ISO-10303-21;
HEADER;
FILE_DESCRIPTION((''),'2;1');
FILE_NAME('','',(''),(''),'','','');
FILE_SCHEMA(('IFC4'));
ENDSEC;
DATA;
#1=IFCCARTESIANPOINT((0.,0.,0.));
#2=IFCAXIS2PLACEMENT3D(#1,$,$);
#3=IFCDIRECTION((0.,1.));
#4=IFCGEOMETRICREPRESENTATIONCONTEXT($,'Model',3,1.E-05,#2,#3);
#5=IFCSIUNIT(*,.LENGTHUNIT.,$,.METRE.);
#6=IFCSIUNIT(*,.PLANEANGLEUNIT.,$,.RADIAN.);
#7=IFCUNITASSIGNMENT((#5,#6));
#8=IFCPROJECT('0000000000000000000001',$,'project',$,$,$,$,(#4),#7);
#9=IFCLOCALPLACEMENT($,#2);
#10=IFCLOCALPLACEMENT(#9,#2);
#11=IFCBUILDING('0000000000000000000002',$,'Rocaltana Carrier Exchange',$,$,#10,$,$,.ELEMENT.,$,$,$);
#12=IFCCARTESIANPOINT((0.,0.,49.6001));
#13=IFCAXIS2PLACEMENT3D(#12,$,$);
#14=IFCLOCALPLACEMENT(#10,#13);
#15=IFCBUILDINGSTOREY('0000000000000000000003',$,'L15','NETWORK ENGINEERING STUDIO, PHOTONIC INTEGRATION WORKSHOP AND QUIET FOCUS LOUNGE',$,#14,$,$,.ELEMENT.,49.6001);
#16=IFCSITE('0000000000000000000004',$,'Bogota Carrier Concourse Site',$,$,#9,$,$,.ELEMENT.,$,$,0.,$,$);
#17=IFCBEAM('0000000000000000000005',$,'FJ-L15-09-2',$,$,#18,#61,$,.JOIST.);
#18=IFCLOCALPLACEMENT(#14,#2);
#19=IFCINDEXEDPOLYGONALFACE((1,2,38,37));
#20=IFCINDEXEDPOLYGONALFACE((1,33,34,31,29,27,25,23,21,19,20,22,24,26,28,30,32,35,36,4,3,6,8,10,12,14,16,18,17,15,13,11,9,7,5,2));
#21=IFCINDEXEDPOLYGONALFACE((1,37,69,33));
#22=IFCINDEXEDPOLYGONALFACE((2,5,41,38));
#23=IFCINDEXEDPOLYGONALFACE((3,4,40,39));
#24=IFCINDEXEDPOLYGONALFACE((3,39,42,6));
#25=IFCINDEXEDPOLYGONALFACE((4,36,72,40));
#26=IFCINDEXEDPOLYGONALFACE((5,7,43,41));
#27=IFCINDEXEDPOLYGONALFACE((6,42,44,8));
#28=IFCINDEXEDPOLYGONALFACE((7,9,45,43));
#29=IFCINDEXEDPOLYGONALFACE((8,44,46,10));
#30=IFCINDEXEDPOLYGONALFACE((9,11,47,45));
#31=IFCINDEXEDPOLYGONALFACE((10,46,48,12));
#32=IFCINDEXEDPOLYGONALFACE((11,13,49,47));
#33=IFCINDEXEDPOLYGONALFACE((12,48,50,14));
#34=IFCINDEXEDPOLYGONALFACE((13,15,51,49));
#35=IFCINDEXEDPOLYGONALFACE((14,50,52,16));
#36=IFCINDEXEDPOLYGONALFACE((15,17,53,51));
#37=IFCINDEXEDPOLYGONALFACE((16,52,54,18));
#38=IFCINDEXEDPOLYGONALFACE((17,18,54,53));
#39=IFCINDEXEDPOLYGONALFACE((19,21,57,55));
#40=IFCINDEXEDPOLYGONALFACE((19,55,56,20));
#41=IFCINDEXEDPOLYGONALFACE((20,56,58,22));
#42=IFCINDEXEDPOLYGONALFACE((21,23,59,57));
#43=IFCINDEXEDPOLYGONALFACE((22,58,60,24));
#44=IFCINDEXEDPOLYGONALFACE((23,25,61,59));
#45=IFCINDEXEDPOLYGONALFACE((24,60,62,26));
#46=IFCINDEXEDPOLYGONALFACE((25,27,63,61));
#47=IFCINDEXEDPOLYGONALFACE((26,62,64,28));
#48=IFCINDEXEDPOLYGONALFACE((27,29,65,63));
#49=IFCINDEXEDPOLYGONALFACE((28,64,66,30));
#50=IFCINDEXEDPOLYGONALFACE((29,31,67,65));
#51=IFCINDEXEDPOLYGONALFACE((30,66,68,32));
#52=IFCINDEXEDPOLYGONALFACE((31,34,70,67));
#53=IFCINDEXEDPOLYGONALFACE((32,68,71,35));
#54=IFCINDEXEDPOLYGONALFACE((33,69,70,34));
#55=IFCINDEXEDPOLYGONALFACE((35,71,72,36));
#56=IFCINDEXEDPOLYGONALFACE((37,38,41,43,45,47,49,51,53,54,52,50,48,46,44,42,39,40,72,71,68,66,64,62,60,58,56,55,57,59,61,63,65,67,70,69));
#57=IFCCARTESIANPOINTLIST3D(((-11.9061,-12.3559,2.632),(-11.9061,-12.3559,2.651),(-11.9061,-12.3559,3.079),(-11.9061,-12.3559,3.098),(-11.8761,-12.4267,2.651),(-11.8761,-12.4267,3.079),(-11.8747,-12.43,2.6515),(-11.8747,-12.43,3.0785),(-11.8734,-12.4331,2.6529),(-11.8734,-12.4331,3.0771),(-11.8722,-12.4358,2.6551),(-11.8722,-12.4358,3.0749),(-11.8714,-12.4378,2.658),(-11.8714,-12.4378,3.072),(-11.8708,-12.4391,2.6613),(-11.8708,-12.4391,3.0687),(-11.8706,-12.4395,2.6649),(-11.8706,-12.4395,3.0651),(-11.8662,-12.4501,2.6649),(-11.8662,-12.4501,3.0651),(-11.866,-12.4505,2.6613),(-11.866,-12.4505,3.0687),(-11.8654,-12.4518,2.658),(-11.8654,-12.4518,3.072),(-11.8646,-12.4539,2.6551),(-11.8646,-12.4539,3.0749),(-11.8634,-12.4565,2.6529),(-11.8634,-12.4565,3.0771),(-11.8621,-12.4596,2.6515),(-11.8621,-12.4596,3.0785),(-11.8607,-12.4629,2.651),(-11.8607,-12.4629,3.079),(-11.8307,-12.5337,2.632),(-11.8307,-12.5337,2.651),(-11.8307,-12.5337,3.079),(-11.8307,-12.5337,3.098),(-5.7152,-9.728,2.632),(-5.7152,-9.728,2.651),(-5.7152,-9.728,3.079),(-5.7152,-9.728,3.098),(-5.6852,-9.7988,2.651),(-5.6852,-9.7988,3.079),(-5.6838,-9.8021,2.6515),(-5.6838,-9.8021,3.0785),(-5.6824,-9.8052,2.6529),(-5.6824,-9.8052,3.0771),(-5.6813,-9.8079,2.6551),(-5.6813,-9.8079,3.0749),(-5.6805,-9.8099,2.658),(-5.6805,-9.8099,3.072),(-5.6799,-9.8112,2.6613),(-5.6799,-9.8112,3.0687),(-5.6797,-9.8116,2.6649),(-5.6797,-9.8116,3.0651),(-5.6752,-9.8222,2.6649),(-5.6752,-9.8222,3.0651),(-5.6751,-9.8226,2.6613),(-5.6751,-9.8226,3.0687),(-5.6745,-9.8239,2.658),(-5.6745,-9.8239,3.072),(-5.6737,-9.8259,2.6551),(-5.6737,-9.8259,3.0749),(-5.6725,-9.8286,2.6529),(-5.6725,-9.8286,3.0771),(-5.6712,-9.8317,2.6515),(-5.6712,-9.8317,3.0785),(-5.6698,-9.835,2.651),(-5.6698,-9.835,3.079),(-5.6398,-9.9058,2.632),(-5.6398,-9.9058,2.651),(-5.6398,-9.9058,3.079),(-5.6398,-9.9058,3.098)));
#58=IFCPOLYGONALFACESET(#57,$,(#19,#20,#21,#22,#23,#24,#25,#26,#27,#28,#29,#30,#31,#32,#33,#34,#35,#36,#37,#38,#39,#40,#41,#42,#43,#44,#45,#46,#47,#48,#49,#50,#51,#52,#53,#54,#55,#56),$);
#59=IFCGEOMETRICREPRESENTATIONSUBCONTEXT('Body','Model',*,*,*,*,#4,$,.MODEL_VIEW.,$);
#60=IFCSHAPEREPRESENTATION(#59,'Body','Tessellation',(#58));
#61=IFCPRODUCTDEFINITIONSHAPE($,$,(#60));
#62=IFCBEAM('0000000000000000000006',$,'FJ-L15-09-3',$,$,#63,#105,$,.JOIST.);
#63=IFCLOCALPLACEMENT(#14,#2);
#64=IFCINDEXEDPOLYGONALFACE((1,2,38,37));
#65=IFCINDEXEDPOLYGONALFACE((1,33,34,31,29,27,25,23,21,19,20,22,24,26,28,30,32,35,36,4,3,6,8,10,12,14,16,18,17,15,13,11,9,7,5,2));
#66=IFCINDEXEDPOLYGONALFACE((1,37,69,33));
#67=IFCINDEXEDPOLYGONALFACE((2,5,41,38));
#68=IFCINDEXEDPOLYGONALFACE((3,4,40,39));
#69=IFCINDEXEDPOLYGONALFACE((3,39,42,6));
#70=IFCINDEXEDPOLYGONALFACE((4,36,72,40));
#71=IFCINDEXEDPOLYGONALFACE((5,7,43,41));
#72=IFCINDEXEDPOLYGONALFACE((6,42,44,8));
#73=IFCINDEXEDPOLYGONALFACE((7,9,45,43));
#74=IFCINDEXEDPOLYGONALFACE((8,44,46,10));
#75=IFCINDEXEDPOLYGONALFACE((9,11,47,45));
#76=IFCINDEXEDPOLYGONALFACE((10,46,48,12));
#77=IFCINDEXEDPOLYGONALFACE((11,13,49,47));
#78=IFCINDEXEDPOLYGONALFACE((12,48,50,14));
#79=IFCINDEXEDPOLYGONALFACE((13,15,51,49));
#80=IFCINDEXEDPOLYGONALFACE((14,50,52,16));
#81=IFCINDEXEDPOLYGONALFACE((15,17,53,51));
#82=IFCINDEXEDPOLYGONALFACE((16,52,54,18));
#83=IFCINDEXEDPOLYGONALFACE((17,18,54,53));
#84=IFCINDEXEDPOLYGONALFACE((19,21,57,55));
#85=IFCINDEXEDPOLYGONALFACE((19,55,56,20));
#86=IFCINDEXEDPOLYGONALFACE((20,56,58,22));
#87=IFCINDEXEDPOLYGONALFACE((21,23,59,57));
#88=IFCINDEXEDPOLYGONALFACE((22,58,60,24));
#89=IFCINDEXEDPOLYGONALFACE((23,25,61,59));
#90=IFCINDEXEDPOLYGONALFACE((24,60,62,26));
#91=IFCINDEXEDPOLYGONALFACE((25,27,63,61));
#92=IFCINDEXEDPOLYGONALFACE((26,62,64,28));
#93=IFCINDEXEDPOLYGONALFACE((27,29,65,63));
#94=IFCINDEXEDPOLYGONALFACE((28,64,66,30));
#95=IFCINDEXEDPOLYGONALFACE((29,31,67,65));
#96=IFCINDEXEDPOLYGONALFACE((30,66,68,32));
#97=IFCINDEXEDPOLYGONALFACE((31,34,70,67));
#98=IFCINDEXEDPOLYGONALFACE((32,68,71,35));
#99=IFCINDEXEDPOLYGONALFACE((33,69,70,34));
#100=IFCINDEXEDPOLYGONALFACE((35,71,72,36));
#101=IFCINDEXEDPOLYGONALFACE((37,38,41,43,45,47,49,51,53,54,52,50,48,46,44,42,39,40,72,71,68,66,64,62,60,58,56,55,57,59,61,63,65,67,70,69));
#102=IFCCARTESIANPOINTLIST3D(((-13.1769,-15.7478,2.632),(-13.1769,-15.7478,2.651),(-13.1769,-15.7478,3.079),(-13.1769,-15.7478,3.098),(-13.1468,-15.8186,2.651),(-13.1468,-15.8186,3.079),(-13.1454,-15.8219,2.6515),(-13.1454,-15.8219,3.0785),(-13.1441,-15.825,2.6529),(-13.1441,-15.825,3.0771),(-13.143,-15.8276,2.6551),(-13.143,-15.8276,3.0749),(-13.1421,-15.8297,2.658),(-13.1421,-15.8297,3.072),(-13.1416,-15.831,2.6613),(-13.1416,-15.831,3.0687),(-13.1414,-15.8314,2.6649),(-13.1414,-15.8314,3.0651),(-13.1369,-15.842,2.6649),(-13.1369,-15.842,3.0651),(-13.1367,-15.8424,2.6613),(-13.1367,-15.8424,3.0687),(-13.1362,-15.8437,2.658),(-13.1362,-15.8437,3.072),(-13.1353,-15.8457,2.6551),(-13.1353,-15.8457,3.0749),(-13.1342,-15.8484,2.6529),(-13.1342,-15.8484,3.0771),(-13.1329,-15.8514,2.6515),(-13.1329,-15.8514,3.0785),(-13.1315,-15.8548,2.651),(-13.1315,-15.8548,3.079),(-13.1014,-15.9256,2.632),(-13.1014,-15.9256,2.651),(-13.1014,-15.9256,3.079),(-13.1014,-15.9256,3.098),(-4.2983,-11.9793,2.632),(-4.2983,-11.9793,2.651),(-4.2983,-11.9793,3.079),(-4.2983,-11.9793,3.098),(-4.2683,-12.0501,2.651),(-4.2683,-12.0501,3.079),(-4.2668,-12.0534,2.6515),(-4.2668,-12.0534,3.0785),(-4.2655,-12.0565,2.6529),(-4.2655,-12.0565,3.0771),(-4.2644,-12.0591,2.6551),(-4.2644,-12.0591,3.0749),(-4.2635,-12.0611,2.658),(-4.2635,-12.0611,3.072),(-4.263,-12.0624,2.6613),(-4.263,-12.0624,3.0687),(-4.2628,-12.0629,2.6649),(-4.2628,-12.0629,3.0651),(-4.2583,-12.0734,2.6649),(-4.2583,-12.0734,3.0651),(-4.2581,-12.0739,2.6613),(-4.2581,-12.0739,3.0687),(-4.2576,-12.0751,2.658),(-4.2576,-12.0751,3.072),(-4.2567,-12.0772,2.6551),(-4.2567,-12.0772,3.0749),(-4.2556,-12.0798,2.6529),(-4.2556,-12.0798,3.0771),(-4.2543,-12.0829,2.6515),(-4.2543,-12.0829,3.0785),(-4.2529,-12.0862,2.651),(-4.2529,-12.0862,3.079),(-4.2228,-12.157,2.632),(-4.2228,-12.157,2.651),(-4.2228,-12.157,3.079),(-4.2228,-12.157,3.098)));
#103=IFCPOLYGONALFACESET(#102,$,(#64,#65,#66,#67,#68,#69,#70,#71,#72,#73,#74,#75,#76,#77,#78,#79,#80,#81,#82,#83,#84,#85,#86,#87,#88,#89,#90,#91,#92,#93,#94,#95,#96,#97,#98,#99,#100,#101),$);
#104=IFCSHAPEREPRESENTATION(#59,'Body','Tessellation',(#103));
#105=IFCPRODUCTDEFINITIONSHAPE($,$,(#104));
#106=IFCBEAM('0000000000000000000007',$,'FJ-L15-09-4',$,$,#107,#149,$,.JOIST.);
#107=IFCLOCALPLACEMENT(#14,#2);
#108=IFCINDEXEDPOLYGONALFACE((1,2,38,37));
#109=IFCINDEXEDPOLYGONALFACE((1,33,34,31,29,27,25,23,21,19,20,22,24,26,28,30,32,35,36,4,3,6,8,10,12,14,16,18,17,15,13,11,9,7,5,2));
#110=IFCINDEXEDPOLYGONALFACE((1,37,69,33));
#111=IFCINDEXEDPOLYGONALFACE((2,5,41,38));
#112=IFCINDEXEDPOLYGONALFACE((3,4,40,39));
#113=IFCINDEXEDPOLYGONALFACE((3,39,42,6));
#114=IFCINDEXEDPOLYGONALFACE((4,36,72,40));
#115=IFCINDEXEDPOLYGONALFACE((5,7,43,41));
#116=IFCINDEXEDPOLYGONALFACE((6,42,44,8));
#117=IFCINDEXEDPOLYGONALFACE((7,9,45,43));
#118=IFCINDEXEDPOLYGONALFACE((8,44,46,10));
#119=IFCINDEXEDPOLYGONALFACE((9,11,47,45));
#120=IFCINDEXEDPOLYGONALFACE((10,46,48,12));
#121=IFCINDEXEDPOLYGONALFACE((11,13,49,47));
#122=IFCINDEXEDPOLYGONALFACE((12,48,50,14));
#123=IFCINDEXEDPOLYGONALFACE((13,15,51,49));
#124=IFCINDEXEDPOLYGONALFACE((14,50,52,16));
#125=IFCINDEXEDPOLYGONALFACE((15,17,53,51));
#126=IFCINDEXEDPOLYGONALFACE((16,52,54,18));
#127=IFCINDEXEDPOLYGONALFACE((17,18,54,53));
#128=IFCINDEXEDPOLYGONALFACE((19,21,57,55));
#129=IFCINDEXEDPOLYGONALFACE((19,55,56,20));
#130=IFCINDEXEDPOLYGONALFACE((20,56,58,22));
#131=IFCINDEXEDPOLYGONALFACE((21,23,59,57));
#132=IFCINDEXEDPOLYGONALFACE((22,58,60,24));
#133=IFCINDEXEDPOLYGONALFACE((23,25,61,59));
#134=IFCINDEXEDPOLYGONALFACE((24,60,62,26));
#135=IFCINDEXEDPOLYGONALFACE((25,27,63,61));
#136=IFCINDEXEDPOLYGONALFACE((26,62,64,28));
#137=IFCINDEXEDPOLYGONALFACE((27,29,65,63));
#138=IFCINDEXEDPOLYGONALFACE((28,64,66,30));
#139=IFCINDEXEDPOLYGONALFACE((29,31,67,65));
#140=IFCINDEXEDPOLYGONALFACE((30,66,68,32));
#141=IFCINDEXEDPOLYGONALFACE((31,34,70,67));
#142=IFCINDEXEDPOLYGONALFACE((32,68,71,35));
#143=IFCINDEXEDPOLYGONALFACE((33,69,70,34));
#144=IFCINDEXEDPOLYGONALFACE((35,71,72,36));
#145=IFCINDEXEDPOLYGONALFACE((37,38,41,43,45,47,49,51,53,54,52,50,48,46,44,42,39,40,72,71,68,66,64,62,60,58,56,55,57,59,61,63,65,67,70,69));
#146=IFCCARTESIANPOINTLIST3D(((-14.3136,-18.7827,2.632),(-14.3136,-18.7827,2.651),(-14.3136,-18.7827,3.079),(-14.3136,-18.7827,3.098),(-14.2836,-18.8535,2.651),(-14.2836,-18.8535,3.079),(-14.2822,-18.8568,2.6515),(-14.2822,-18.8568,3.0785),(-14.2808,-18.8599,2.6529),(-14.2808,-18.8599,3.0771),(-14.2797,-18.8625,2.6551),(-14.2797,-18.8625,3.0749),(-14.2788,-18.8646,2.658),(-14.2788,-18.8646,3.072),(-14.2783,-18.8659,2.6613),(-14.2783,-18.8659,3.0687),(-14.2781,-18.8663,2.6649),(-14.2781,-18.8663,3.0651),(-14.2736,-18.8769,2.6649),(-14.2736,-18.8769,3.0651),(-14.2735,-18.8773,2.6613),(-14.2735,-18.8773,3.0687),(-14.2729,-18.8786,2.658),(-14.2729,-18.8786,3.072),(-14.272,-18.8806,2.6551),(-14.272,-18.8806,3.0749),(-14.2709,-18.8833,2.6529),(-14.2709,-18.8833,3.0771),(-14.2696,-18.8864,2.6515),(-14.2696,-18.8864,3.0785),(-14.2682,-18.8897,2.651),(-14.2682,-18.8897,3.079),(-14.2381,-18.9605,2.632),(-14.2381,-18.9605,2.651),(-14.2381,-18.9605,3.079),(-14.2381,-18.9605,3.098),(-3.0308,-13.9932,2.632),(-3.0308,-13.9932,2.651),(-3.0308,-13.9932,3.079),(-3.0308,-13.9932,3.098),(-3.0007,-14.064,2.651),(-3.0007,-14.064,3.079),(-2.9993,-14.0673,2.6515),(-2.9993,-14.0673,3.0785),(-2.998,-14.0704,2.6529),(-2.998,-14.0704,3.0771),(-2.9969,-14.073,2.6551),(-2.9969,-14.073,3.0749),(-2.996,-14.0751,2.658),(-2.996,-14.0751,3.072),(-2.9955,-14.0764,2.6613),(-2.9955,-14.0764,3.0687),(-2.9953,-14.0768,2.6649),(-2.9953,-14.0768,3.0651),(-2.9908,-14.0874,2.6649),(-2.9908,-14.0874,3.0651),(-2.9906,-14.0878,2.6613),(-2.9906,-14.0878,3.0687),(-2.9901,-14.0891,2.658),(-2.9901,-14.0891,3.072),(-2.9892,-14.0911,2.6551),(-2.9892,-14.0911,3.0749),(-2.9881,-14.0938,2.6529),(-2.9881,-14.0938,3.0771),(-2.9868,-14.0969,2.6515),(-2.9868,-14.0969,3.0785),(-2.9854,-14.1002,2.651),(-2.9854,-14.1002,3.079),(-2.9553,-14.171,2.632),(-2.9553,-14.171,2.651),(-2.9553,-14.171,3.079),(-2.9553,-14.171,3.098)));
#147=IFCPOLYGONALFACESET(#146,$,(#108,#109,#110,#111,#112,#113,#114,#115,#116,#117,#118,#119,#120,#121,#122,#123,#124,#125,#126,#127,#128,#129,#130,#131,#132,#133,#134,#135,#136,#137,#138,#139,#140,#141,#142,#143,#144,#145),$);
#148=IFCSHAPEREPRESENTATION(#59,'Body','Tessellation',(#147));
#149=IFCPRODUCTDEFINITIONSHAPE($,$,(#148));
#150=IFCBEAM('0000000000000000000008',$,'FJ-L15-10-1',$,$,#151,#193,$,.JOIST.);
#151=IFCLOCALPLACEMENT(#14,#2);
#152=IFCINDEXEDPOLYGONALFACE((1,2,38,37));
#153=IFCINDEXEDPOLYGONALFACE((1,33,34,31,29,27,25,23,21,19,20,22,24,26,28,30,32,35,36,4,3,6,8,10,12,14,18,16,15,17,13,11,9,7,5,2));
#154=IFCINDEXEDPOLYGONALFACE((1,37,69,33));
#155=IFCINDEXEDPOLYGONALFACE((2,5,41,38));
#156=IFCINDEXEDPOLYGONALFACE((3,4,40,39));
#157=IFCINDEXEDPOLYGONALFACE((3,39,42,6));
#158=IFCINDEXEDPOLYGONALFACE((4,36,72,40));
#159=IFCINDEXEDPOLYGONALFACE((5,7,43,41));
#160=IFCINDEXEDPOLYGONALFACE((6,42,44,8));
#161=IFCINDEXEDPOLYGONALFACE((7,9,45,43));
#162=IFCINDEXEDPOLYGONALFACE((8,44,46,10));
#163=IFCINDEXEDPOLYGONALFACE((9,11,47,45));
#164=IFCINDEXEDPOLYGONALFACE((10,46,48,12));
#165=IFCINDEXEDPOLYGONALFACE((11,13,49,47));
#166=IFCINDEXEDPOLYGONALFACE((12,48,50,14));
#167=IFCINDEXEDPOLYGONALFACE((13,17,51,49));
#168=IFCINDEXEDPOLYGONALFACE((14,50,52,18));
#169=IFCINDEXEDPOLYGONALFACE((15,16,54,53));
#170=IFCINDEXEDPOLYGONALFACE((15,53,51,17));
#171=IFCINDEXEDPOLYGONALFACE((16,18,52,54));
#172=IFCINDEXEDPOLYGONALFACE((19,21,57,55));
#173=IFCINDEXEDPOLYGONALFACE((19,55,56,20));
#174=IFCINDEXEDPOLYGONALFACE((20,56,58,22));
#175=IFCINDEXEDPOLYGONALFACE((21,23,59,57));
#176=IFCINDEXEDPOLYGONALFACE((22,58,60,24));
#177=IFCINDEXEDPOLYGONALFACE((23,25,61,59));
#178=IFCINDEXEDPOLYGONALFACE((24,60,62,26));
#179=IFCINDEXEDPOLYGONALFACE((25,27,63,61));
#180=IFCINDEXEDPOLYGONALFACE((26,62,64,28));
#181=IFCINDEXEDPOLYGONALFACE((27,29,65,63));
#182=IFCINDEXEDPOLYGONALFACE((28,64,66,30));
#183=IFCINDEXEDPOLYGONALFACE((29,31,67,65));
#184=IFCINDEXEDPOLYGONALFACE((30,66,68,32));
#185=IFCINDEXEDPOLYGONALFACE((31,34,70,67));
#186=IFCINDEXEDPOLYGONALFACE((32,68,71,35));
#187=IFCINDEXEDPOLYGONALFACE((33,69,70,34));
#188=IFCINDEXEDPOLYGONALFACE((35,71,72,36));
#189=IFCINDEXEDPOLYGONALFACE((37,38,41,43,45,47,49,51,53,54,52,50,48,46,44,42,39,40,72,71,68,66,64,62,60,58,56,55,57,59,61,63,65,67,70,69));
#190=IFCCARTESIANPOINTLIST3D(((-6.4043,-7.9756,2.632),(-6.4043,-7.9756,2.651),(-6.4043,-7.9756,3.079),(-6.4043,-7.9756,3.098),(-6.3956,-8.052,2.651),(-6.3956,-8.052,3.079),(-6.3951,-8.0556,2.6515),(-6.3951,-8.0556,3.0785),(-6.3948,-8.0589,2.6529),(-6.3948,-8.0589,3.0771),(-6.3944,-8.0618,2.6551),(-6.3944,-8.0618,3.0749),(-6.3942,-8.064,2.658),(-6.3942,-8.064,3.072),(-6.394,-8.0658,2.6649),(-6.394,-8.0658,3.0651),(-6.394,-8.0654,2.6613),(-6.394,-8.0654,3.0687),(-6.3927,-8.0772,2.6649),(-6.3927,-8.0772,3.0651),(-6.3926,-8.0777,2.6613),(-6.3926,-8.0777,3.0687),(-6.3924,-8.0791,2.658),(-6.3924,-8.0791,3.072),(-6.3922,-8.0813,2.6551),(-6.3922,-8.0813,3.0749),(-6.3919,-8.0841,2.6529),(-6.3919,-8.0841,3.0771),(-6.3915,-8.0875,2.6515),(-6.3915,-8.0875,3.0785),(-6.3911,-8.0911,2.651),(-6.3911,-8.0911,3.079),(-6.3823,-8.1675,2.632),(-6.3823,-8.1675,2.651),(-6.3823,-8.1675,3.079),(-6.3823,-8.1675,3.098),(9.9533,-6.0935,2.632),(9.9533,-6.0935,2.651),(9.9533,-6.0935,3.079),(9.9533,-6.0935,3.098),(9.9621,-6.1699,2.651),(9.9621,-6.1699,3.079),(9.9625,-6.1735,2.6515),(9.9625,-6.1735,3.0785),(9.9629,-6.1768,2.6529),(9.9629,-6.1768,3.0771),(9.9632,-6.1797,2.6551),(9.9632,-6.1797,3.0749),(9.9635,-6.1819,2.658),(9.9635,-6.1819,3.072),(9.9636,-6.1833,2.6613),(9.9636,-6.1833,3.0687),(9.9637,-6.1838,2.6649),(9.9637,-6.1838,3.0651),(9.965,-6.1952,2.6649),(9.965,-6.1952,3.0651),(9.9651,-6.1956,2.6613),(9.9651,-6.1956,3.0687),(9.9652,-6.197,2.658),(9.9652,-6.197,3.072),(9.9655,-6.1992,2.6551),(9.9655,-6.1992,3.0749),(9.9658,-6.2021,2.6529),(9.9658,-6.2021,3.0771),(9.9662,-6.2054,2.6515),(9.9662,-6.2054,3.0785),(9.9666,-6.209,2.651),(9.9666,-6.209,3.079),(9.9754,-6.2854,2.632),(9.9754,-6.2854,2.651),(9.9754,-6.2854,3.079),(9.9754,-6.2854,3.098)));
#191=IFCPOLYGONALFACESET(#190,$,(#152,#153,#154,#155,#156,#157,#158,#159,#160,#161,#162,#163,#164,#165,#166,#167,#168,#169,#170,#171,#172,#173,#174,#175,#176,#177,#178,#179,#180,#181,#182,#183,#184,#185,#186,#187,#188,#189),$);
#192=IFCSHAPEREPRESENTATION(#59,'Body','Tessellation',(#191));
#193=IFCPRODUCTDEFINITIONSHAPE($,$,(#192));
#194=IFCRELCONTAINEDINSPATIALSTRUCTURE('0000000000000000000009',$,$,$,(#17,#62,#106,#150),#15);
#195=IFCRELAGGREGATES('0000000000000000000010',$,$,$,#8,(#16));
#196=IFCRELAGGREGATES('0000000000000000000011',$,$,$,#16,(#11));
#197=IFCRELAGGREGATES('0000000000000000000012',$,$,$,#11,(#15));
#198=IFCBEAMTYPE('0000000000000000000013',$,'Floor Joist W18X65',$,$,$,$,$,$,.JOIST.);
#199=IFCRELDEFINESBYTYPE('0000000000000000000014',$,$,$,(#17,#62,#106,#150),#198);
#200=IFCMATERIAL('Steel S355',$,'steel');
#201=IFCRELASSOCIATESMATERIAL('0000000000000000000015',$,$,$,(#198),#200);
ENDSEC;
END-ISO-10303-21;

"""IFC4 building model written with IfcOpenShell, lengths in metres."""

from ifc_helpers import new_model, si_unit, direction, frame, origin, origin_2d, place, context, subcontext, project, spatial, i_section, extrude, material, material_profile, profile_set, type_object, element, save


model = new_model("IFC4")

# Units and contexts
model_context = context("Model", 3, precision=1e-05, world=origin(), true_north=direction((0.0, 1.0)))
body_context = subcontext(model_context, "Body", "Model", "MODEL_VIEW")
ifc_project = project(units=[si_unit("LENGTHUNIT", "METRE"), si_unit("PLANEANGLEUNIT", "RADIAN")], contexts=[model_context])

# Site, building, storey
site_placement = place(None, origin())
site = spatial("IfcSite", under=ifc_project, at=site_placement, Name="Bogota Carrier Concourse Site", CompositionType="ELEMENT", RefElevation=0.0)
building_placement = place(site_placement, origin())
building = spatial("IfcBuilding", under=site, at=building_placement, Name="Rocaltana Carrier Exchange", CompositionType="ELEMENT")
storey_placement = place(building_placement, frame((0.0, 0.0, 49.6001)))
storey = spatial("IfcBuildingStorey", under=building, at=storey_placement, Name="L15", Description="NETWORK ENGINEERING STUDIO, PHOTONIC INTEGRATION WORKSHOP AND QUIET FOCUS LOUNGE", CompositionType="ELEMENT", Elevation=49.6001)

# Beams
ifc_material_1 = material(Name="Steel S355", Category="steel")
ifc_material_profile_1 = material_profile(ifc_material_1, i_section(OverallWidth=0.1931, OverallDepth=0.4661, WebThickness=0.0115, FlangeThickness=0.019, FilletRadius=0.0139, at=origin_2d()), Name="W18X65")
ifc_profile_set_1 = profile_set([ifc_material_profile_1], Name="Steel S355")
beam_type = type_object("IfcBeamType", Name="Floor Joist W18X65", PredefinedType="JOIST", material=ifc_profile_set_1)
beam_1_placement = place(storey_placement, frame((-11.8684, -12.4448, 2.865), z_axis=(0.920503, 0.390736, 0.0), x_axis=(-0.390736, 0.920503, 0.0)))
element("IfcBeam", 1, at=beam_1_placement, inside=storey, type_object=beam_type, Name="FJ-L15-09-2", PredefinedType="JOIST", context=body_context, shape_type="SweptSolid", body=[
    extrude(i_section(OverallWidth=0.1931, OverallDepth=0.4661, WebThickness=0.0115, FlangeThickness=0.019, FilletRadius=0.0139, at=origin_2d()), origin(), (0.0, 0.0, 1.0), 6.7256),
])
beam_2_placement = place(storey_placement, frame((-13.1392, -15.8367, 2.865), z_axis=(0.920513, 0.390712, 0.0), x_axis=(-0.390712, 0.920513, 0.0)))
element("IfcBeam", 2, at=beam_2_placement, inside=storey, type_object=beam_type, Name="FJ-L15-09-3", PredefinedType="JOIST", context=body_context, shape_type="SweptSolid", body=[
    extrude(i_section(OverallWidth=0.1931, OverallDepth=0.4661, WebThickness=0.0115, FlangeThickness=0.019, FilletRadius=0.0139, at=origin_2d()), origin(), (0.0, 0.0, 1.0), 9.6453),
])
beam_3_placement = place(storey_placement, frame((-14.2759, -18.8716, 2.865), z_axis=(0.920498, 0.390746, 0.0), x_axis=(-0.390746, 0.920498, 0.0)))
element("IfcBeam", 3, at=beam_3_placement, inside=storey, type_object=beam_type, Name="FJ-L15-09-4", PredefinedType="JOIST", context=body_context, shape_type="SweptSolid", body=[
    extrude(i_section(OverallWidth=0.1931, OverallDepth=0.4661, WebThickness=0.0115, FlangeThickness=0.019, FilletRadius=0.0139, at=origin_2d()), origin(), (0.0, 0.0, 1.0), 12.2573),
])
beam_4_placement = place(storey_placement, frame((-6.3933, -8.0715, 2.865), z_axis=(0.993446, 0.114304, 0.0), x_axis=(-0.114304, 0.993446, 0.0)))
element("IfcBeam", 4, at=beam_4_placement, inside=storey, type_object=beam_type, Name="FJ-L15-10-1", PredefinedType="JOIST", context=body_context, shape_type="SweptSolid", body=[
    extrude(i_section(OverallWidth=0.1931, OverallDepth=0.4661, WebThickness=0.0115, FlangeThickness=0.019, FilletRadius=0.0139, at=origin_2d()), origin(), (0.0, 0.0, 1.0), 16.4656),
])

save(model, "model.ifc")
